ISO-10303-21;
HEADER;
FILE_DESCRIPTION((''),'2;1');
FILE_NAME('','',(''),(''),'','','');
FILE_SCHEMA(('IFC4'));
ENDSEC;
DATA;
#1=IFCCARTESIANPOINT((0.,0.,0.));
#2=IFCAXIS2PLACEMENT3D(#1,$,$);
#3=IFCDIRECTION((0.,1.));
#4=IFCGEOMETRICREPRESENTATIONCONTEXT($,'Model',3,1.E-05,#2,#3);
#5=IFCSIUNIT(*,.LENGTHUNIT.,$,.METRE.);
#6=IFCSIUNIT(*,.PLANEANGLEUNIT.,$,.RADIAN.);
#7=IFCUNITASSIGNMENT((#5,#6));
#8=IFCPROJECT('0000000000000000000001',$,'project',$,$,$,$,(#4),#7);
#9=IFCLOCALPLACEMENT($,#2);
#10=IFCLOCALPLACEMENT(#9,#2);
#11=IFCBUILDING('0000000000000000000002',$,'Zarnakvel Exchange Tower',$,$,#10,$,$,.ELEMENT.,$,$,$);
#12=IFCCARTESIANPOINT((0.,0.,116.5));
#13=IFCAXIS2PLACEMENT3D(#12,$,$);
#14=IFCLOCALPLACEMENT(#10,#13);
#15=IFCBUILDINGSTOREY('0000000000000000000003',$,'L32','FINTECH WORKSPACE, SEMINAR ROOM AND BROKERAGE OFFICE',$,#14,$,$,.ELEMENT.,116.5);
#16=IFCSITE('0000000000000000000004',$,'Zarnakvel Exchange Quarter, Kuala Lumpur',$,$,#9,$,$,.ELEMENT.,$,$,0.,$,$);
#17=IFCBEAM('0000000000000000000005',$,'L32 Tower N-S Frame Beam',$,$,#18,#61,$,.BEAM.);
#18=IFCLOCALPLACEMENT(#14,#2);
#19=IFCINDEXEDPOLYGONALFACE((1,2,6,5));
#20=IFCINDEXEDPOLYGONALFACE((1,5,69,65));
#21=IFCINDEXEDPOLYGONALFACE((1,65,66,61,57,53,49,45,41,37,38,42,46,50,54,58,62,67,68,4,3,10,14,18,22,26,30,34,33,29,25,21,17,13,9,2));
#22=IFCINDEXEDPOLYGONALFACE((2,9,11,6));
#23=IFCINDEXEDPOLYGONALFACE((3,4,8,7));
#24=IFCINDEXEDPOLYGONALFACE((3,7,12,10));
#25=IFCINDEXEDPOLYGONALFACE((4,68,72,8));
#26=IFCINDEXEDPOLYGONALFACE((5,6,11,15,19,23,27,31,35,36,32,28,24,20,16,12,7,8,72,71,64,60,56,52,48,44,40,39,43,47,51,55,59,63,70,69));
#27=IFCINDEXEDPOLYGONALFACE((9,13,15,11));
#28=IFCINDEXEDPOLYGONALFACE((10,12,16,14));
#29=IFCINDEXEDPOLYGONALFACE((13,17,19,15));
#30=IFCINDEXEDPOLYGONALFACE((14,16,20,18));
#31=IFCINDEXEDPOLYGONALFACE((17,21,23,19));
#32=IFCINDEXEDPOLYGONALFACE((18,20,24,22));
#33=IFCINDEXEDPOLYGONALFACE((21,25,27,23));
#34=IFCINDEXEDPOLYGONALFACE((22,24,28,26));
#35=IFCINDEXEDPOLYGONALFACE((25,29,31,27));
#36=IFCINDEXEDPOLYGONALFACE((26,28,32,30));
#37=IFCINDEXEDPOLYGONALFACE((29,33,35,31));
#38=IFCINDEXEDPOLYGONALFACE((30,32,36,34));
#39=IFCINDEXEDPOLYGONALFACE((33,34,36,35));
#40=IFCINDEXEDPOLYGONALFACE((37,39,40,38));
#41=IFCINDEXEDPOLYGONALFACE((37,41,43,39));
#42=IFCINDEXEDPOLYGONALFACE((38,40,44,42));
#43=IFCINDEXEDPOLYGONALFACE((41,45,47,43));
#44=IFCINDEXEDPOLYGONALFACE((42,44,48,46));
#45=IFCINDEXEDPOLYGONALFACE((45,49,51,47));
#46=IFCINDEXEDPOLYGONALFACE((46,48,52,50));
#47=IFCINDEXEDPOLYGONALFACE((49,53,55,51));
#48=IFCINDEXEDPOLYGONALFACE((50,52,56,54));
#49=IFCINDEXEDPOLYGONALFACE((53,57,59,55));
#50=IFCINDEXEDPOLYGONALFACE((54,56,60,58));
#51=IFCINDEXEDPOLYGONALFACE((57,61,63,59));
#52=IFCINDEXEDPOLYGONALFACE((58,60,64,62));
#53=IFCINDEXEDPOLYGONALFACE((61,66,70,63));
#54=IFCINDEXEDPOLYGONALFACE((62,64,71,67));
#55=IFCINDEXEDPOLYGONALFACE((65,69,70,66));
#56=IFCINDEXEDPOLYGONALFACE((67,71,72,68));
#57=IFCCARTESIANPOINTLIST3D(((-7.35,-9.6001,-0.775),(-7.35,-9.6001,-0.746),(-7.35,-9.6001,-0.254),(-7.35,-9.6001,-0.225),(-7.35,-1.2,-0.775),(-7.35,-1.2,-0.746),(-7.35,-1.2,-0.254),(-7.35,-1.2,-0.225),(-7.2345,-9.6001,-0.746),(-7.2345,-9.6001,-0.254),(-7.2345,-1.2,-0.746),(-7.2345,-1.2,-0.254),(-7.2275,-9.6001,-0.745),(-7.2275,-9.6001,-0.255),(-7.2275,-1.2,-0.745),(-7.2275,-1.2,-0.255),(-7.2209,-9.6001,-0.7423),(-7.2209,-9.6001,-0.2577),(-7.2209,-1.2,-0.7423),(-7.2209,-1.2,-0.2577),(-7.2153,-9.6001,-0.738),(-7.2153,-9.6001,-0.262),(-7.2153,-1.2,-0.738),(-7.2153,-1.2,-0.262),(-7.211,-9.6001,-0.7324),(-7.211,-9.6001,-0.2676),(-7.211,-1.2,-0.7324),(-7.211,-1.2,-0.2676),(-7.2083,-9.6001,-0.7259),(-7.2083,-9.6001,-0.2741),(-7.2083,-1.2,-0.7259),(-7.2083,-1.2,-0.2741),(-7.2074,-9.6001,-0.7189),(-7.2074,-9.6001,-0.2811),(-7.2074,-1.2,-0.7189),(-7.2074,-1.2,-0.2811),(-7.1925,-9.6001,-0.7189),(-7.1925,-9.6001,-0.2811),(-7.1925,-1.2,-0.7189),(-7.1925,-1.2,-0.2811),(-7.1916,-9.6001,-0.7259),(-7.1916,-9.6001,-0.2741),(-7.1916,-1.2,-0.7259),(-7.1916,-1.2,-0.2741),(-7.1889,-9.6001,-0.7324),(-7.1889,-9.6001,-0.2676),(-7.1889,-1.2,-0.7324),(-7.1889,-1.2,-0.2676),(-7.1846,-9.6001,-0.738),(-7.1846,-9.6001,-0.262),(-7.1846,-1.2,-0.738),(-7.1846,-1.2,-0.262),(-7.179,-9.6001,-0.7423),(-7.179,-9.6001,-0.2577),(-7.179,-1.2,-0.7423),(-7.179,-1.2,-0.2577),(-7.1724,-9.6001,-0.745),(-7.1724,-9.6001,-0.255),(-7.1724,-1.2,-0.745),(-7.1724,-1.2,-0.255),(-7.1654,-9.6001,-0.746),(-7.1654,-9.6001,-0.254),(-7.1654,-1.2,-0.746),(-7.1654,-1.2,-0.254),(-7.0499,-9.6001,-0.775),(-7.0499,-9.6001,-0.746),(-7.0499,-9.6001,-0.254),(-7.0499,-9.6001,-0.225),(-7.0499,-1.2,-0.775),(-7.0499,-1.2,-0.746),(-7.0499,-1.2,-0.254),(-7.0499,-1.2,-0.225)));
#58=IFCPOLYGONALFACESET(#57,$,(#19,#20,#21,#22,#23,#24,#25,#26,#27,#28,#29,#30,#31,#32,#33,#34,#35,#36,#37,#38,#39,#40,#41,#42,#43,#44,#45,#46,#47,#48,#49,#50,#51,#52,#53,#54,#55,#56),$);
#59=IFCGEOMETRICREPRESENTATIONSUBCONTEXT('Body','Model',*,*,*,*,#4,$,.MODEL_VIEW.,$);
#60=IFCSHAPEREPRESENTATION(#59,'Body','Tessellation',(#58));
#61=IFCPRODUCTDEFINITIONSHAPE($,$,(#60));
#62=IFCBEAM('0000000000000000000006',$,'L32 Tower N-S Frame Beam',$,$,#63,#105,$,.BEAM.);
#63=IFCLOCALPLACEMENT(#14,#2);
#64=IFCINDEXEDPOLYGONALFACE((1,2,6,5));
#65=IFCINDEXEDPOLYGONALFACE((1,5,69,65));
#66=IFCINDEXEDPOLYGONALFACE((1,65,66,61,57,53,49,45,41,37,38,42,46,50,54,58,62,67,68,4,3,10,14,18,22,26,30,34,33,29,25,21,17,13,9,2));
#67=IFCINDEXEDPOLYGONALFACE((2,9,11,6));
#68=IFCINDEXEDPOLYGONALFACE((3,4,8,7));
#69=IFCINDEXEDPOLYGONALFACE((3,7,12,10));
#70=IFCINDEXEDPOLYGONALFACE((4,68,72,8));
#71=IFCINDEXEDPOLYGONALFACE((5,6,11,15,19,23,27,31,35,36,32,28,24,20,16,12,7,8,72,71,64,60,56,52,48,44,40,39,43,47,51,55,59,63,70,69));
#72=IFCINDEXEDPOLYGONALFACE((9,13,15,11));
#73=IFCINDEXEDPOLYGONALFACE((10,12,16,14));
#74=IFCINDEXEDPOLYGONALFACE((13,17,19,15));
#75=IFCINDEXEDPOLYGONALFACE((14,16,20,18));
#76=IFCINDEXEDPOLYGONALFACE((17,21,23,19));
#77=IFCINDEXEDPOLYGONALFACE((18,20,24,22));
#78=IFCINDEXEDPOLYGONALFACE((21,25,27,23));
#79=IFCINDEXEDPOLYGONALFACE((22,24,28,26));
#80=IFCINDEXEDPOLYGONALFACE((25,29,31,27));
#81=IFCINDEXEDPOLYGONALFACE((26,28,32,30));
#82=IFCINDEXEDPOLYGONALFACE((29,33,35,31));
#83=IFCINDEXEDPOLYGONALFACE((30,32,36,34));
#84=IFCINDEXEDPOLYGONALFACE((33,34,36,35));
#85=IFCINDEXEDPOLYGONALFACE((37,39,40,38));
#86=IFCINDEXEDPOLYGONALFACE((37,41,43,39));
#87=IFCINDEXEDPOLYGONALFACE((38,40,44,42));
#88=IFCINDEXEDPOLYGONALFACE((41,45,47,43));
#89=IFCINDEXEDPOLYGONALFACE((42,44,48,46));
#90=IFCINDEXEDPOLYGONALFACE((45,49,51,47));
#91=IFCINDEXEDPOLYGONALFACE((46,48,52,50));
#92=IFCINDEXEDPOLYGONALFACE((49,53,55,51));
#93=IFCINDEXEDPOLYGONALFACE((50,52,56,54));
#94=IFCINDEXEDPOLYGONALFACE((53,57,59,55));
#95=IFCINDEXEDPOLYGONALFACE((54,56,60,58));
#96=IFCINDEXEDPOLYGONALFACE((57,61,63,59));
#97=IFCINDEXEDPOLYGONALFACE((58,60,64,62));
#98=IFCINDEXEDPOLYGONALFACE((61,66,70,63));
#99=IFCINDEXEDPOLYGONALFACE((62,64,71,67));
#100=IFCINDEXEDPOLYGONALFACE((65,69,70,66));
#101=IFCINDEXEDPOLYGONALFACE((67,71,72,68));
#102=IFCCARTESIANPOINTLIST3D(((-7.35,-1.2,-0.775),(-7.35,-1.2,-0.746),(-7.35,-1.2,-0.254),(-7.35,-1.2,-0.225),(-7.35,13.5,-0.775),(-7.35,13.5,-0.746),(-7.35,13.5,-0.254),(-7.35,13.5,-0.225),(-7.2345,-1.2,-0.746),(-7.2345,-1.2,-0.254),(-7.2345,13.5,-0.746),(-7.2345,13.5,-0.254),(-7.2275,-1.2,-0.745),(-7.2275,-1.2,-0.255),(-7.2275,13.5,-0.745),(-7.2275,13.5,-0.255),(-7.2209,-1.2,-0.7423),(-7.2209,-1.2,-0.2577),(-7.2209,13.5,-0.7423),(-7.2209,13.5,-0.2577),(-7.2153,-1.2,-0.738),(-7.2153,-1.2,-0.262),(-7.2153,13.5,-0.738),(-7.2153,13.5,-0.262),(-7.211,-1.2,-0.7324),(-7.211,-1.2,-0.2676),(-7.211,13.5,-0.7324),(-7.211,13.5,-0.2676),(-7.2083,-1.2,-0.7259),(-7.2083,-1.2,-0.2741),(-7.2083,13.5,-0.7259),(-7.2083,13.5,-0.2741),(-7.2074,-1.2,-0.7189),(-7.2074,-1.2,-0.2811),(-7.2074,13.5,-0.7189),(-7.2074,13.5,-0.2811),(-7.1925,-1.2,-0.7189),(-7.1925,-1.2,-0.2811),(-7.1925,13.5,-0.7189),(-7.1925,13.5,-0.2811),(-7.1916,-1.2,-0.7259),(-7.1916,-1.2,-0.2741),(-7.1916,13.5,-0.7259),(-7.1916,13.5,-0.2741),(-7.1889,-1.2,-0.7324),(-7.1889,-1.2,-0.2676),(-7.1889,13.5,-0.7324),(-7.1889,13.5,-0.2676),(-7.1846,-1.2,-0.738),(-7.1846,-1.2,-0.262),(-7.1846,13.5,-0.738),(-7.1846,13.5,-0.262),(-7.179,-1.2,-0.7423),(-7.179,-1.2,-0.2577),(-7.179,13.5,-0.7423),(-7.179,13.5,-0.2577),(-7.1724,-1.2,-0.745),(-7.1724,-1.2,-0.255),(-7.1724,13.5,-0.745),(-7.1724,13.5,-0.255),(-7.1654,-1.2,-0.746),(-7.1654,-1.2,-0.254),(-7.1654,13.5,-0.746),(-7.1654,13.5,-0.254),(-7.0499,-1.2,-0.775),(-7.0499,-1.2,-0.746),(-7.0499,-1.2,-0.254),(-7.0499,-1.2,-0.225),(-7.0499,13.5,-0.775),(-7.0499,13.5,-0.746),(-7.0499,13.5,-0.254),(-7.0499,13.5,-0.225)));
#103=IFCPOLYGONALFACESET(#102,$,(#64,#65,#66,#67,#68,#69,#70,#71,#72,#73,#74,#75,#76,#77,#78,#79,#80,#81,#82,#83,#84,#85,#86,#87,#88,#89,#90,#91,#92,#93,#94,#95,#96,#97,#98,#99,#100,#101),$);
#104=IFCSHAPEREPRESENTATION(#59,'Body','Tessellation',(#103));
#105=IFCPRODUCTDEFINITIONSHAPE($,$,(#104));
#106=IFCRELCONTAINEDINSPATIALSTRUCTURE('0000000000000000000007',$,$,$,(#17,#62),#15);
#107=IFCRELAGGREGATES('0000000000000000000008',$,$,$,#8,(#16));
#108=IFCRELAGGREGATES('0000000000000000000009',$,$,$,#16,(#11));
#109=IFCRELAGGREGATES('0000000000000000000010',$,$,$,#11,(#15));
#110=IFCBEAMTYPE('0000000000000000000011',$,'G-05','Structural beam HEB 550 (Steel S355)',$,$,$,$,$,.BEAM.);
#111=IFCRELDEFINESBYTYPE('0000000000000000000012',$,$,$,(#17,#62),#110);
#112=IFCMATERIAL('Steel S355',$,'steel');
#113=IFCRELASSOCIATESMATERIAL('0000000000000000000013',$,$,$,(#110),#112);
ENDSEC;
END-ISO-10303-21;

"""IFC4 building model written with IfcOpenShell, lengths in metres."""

from ifc_helpers import new_model, si_unit, direction, frame, origin, origin_2d, place, context, subcontext, project, spatial, i_section, extrude, material, material_profile, profile_set, type_object, element, save


model = new_model("IFC4")

# Units and contexts
model_context = context("Model", 3, precision=1e-05, world=origin(), true_north=direction((0.0, 1.0)))
body_context = subcontext(model_context, "Body", "Model", "MODEL_VIEW")
ifc_project = project(units=[si_unit("LENGTHUNIT", "METRE"), si_unit("PLANEANGLEUNIT", "RADIAN")], contexts=[model_context])

# Site, building, storey
site_placement = place(None, origin())
site = spatial("IfcSite", under=ifc_project, at=site_placement, Name="Zarnakvel Exchange Quarter, Kuala Lumpur", CompositionType="ELEMENT", RefElevation=0.0)
building_placement = place(site_placement, origin())
building = spatial("IfcBuilding", under=site, at=building_placement, Name="Zarnakvel Exchange Tower", CompositionType="ELEMENT")
storey_placement = place(building_placement, frame((0.0, 0.0, 116.5)))
storey = spatial("IfcBuildingStorey", under=building, at=storey_placement, Name="L32", Description="FINTECH WORKSPACE, SEMINAR ROOM AND BROKERAGE OFFICE", CompositionType="ELEMENT", Elevation=116.5)

# Beams
ifc_material_1 = material(Name="Steel S355", Category="steel")
ifc_material_profile_1 = material_profile(ifc_material_1, i_section(OverallWidth=0.3, OverallDepth=0.55, WebThickness=0.0149, FlangeThickness=0.0291, FilletRadius=0.0271, at=origin_2d()))
ifc_profile_set_1 = profile_set([ifc_material_profile_1], Name="Steel S355")
beam_type_1 = type_object("IfcBeamType", Name="G-05", Description="Structural beam HEB 550 (Steel S355)", PredefinedType="BEAM", material=ifc_profile_set_1)
for number, where, z_axis, x_axis, name in (
    (1, (-7.2, -9.6001, -0.5), (0.0, 1.0, 0.0), (-1.0, 0.0, 0.0), "L32 Tower N-S Frame Beam"),
):
    element("IfcBeam", number, at=place(storey_placement, frame(where, z_axis=z_axis, x_axis=x_axis)), inside=storey, type_object=beam_type_1, Name=name, PredefinedType="BEAM", context=body_context, shape_type="SweptSolid", body=[
        extrude(i_section(OverallWidth=0.3, OverallDepth=0.55, WebThickness=0.0149, FlangeThickness=0.0291, FilletRadius=0.0271, at=origin_2d()), origin(), (0.0, 0.0, 1.0), 8.4001),
    ])
beam_1_placement = place(storey_placement, frame((-7.2, -1.2, -0.5), z_axis=(0.0, 1.0, 0.0), x_axis=(-1.0, 0.0, 0.0)))
element("IfcBeam", 2, at=beam_1_placement, inside=storey, type_object=beam_type_1, Name="L32 Tower N-S Frame Beam", PredefinedType="BEAM", context=body_context, shape_type="SweptSolid", body=[
    extrude(i_section(OverallWidth=0.3, OverallDepth=0.55, WebThickness=0.0149, FlangeThickness=0.0291, FilletRadius=0.0271, at=origin_2d()), origin(), (0.0, 0.0, 1.0), 14.7),
])

save(model, "model.ifc")
